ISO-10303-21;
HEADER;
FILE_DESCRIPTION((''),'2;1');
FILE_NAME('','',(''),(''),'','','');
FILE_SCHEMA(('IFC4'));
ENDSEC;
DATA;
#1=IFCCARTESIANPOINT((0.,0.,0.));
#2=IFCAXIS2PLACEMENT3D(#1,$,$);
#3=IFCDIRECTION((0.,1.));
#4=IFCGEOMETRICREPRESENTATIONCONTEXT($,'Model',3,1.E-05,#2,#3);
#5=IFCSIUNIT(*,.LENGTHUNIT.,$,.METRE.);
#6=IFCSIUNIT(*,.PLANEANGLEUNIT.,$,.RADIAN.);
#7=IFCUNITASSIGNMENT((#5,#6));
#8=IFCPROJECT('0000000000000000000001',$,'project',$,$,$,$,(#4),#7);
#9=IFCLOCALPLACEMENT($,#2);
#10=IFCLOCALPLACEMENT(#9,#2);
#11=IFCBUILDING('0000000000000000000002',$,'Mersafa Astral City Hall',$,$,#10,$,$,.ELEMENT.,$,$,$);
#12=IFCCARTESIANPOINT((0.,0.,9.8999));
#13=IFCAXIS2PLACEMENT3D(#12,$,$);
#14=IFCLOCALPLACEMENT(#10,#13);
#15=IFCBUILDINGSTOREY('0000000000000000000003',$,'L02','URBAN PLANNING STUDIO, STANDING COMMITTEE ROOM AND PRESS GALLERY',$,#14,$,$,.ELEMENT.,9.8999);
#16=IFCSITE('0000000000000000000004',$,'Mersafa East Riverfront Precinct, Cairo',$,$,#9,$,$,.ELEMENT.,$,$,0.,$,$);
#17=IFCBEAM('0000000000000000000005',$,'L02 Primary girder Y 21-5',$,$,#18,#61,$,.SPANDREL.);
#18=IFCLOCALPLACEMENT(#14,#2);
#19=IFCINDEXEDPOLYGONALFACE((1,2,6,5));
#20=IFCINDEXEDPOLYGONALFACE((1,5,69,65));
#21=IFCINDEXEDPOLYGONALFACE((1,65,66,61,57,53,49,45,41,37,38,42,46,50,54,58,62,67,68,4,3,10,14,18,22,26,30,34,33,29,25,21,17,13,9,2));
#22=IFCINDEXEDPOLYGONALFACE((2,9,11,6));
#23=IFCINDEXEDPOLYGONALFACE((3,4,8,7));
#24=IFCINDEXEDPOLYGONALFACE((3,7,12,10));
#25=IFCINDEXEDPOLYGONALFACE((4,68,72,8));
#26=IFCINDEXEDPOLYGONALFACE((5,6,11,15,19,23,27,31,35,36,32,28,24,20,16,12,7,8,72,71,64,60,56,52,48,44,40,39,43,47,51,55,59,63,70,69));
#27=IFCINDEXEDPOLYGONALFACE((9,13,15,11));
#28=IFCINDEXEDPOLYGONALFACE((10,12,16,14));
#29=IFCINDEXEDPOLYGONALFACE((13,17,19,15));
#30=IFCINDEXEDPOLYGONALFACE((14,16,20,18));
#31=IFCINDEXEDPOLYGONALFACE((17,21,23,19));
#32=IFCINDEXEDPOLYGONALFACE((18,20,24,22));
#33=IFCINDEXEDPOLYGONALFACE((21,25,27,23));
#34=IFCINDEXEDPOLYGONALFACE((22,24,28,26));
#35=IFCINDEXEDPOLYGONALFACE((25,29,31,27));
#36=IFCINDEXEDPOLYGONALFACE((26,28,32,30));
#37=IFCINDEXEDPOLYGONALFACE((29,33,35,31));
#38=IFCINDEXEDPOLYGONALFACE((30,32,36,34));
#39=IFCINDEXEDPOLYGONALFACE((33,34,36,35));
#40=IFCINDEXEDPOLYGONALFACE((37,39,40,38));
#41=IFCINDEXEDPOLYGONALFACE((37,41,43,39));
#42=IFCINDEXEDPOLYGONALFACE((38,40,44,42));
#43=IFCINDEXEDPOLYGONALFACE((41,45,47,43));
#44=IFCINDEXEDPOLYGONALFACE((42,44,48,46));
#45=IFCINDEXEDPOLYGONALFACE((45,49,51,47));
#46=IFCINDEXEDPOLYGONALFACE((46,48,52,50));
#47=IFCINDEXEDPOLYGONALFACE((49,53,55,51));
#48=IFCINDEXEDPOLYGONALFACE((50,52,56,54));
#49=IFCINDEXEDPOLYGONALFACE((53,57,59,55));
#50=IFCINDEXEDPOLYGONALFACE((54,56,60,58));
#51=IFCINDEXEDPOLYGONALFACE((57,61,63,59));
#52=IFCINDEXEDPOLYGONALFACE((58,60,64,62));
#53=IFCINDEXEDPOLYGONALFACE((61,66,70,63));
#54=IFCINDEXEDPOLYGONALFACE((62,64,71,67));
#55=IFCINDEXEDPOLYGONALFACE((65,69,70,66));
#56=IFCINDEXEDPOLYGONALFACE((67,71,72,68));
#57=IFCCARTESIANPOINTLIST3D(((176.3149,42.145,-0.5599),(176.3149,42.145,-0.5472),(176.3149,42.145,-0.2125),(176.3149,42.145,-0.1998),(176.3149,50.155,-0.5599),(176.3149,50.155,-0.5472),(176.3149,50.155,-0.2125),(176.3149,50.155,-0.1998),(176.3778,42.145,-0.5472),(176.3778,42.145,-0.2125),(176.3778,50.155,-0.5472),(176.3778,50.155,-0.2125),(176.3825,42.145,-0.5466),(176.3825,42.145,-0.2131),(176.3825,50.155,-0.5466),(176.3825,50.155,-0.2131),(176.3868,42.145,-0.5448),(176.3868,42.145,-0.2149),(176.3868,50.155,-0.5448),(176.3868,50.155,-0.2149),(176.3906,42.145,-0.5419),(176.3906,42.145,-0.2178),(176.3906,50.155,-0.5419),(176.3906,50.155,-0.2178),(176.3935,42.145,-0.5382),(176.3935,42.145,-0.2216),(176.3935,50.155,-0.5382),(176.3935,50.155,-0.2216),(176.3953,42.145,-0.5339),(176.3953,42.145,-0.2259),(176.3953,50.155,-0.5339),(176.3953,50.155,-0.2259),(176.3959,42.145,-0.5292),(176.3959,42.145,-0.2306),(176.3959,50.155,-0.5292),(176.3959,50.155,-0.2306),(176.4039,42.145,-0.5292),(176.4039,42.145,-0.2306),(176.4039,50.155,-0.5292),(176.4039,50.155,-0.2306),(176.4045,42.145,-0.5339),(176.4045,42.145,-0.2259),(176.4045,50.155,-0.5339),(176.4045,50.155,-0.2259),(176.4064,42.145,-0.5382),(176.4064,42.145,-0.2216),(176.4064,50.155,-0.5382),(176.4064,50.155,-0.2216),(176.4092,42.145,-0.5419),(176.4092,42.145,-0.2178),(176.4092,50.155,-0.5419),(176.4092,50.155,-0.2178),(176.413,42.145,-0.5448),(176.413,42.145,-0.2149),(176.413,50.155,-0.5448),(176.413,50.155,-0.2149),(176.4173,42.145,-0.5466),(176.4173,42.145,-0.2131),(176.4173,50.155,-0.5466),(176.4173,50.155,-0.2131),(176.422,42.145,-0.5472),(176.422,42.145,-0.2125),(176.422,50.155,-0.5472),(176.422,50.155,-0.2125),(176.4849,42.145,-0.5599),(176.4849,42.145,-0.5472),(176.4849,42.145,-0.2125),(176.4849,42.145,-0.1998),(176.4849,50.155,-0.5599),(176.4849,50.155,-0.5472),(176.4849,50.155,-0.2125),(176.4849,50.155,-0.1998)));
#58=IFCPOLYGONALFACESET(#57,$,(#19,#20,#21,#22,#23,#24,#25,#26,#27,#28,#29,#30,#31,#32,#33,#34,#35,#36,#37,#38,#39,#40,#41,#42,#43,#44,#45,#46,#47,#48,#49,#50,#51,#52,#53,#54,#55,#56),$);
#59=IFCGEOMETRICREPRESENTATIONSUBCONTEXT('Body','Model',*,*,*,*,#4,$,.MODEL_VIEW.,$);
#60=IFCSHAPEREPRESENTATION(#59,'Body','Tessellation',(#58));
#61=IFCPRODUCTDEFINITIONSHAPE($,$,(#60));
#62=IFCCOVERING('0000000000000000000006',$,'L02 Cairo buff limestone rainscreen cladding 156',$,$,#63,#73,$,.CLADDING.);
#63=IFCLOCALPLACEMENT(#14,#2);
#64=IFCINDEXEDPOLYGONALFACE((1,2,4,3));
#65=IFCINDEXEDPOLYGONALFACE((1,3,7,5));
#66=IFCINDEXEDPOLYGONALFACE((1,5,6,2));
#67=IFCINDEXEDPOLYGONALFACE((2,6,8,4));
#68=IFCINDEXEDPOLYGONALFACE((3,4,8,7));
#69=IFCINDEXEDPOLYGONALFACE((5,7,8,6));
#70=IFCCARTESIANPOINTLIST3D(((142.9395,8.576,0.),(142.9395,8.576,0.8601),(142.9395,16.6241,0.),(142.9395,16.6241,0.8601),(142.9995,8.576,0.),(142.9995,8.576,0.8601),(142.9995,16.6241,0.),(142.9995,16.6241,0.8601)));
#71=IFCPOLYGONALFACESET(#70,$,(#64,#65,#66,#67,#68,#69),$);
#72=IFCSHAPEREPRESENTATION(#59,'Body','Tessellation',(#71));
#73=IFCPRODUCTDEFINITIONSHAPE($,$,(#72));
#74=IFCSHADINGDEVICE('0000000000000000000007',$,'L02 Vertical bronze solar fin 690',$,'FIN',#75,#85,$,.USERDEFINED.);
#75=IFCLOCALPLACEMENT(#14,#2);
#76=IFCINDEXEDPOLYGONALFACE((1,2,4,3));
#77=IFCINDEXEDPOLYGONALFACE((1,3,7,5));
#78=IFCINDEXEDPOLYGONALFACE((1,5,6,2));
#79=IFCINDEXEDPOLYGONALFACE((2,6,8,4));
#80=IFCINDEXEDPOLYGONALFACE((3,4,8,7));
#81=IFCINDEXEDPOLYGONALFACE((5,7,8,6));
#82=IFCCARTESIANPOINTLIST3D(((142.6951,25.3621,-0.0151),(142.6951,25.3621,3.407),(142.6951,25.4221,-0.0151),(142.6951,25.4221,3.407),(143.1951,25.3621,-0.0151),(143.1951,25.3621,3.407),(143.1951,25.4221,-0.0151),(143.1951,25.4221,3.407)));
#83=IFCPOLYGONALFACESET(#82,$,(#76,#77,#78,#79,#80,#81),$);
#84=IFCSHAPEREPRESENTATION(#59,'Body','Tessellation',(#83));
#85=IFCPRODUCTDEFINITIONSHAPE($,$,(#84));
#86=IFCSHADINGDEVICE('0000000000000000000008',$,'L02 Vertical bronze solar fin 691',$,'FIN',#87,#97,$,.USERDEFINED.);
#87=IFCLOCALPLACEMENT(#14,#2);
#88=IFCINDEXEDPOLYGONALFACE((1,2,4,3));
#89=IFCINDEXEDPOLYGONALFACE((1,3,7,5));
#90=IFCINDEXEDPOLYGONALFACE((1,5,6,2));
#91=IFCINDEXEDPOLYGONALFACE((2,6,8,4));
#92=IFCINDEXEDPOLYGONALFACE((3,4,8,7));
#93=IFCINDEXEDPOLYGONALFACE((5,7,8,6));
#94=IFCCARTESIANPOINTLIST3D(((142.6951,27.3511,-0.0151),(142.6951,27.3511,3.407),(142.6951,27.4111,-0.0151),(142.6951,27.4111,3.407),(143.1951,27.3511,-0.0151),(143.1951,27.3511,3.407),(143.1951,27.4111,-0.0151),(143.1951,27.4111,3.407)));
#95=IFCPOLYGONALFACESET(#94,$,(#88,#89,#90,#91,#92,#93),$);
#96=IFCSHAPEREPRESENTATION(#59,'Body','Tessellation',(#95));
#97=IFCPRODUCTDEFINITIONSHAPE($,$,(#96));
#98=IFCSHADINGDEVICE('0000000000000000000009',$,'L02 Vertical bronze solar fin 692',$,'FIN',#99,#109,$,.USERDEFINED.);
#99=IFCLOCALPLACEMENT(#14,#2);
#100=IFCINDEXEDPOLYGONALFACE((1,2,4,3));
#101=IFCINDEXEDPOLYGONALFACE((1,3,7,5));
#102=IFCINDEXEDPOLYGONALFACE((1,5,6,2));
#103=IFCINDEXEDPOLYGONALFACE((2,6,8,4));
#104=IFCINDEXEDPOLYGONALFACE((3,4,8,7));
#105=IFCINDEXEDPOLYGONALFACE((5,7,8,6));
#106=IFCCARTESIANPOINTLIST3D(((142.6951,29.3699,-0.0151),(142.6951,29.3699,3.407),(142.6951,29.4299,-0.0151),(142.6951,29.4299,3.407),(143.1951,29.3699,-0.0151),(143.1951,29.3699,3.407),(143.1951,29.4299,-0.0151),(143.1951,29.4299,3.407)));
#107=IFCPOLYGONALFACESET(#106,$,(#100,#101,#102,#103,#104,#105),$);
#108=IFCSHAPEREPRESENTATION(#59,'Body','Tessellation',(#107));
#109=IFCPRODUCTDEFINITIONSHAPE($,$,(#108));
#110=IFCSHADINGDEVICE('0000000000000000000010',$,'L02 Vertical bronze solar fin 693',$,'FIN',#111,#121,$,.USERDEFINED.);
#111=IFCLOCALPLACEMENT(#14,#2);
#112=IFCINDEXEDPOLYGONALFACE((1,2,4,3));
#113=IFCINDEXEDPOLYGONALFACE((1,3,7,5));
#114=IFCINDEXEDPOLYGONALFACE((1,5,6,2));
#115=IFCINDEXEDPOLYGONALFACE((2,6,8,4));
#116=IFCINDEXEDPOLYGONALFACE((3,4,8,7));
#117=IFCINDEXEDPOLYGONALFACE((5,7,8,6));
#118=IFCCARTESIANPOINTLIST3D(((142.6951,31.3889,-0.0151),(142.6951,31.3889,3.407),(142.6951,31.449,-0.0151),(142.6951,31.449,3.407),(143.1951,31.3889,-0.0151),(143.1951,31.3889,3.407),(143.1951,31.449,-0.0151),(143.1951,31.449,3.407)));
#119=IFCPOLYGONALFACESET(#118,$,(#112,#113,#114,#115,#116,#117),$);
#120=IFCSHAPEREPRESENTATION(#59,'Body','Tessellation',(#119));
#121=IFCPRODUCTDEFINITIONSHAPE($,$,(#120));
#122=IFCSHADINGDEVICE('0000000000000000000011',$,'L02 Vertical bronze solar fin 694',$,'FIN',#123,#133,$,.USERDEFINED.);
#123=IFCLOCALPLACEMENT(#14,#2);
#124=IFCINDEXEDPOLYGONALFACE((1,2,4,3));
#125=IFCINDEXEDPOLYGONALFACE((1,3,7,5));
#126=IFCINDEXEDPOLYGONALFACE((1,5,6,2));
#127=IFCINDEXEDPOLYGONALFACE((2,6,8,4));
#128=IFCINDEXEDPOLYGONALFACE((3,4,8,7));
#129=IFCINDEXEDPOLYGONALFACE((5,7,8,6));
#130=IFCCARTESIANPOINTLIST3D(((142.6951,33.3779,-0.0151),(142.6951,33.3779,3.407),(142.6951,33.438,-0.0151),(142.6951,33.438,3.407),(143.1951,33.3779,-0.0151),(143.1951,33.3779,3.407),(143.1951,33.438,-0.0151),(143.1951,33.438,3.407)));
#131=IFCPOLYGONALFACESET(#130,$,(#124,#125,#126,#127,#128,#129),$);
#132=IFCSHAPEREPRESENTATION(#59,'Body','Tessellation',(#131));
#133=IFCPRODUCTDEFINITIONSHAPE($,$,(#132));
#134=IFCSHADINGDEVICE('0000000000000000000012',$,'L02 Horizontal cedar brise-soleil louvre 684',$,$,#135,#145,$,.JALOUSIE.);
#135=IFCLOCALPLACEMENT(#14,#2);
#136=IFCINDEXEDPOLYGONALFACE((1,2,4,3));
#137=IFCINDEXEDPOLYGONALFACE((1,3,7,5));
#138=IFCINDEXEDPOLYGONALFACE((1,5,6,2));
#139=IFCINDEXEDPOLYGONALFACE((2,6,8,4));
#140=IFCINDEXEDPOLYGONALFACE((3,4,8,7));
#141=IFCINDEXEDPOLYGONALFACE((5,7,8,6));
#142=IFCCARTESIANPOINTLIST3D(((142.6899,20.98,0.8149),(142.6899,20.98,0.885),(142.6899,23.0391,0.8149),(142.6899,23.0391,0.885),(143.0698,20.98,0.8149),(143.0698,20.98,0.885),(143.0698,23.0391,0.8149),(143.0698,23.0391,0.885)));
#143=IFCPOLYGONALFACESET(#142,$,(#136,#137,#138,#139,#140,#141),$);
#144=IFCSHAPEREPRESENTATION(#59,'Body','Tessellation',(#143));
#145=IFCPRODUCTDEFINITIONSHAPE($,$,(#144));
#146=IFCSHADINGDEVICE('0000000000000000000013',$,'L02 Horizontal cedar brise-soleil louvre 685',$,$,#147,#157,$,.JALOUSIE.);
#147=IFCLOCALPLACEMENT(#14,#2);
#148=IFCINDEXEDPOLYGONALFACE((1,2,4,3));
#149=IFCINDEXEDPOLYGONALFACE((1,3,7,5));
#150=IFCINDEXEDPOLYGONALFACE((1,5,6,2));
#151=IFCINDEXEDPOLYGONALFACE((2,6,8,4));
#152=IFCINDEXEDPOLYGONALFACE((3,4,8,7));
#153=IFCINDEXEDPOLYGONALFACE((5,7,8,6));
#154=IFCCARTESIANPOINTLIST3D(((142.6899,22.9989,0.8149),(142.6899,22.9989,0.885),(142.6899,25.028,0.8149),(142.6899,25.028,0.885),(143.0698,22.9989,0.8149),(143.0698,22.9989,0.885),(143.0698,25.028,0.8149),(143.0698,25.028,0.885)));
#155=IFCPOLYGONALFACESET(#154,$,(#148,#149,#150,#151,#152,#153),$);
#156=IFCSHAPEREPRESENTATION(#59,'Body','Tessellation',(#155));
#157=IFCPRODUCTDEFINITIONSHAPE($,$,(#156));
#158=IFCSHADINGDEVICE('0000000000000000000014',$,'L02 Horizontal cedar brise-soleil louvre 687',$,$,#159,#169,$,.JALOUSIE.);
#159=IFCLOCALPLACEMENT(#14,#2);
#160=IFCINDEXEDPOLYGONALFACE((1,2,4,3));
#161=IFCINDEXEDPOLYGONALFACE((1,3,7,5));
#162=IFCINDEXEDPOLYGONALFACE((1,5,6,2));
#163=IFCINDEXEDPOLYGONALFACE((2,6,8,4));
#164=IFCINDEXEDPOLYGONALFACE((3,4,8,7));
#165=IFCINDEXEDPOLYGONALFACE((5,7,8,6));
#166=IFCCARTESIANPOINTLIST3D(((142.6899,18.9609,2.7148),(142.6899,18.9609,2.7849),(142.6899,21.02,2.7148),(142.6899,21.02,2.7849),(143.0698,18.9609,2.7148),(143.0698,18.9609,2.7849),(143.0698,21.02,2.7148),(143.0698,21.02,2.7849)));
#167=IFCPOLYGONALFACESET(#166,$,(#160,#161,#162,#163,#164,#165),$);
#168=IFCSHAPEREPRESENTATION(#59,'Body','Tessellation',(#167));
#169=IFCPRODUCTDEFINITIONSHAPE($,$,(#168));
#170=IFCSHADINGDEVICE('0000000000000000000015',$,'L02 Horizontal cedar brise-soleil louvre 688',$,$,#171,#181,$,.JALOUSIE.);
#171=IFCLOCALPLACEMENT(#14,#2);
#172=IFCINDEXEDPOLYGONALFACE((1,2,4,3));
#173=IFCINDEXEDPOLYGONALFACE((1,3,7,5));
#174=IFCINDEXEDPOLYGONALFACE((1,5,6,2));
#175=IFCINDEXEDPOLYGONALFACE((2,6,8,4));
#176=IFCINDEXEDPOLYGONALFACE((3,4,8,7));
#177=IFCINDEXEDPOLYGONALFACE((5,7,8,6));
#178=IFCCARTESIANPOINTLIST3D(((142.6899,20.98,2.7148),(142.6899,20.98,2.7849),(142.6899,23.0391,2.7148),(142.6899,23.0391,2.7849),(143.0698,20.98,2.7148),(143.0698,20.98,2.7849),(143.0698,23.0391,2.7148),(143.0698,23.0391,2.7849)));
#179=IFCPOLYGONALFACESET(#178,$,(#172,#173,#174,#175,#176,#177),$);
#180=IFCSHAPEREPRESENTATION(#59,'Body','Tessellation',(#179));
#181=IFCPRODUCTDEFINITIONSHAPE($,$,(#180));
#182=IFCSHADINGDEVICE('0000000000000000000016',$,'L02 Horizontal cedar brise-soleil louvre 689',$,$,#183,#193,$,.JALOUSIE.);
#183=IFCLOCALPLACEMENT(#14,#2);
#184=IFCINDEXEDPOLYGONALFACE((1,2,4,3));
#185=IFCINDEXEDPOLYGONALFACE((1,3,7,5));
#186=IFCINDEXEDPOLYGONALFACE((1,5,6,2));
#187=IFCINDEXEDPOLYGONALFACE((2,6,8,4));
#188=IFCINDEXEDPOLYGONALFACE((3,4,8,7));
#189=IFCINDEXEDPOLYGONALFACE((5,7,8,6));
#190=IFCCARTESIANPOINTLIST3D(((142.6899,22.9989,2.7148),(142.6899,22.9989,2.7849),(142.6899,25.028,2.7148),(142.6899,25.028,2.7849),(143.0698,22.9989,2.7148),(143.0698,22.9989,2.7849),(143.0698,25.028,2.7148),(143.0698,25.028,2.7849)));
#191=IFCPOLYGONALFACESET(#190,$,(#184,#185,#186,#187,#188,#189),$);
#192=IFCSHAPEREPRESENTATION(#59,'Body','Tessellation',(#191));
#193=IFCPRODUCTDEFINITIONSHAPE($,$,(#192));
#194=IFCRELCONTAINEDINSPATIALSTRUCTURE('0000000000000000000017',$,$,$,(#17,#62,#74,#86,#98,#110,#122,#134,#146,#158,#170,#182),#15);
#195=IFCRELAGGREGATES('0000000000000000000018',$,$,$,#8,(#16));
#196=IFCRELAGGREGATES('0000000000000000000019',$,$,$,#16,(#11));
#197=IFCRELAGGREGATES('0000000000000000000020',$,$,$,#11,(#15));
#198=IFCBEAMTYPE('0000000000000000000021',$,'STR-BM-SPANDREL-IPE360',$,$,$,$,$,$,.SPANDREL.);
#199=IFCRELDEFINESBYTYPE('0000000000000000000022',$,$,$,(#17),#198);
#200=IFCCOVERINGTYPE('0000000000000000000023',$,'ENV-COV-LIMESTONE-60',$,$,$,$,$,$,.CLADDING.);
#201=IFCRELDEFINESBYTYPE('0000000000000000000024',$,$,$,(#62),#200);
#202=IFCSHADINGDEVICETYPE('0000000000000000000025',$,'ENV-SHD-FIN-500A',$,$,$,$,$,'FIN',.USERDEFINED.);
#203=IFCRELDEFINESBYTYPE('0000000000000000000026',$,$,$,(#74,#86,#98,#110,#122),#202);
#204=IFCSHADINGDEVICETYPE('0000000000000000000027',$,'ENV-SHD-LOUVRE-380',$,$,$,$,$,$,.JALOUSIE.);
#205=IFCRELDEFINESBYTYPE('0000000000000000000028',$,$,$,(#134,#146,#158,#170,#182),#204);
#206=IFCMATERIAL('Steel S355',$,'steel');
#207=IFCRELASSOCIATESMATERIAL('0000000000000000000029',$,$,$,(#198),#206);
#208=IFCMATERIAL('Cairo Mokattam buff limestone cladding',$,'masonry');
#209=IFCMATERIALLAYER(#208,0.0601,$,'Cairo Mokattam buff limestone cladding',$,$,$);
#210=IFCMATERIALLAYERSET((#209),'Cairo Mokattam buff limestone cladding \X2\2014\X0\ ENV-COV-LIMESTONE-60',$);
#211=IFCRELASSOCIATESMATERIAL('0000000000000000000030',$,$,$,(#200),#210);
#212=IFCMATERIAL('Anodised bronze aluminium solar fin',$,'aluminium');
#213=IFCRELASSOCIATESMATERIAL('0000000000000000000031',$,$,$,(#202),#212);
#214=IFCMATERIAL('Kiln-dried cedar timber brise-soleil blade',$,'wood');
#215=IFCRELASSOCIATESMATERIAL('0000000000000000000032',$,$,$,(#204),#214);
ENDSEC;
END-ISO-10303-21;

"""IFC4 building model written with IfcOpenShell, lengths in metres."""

from ifc_helpers import new_model, si_unit, direction, frame, origin, origin_2d, place, context, subcontext, project, spatial, rectangle, i_section, extrude, material, layer, layer_set, material_profile, profile_set, type_object, element, save


model = new_model("IFC4")

# Units and contexts
model_context = context("Model", 3, precision=1e-05, world=origin(), true_north=direction((0.0, 1.0)))
body_context = subcontext(model_context, "Body", "Model", "MODEL_VIEW")
ifc_project = project(units=[si_unit("LENGTHUNIT", "METRE"), si_unit("PLANEANGLEUNIT", "RADIAN")], contexts=[model_context])

# Site, building, storey
site_placement = place(None, origin())
site = spatial("IfcSite", under=ifc_project, at=site_placement, Name="Mersafa East Riverfront Precinct, Cairo", CompositionType="ELEMENT", RefElevation=0.0)
building_placement = place(site_placement, origin())
building = spatial("IfcBuilding", under=site, at=building_placement, Name="Mersafa Astral City Hall", CompositionType="ELEMENT")
storey_placement = place(building_placement, frame((0.0, 0.0, 9.8999)))
storey = spatial("IfcBuildingStorey", under=building, at=storey_placement, Name="L02", Description="URBAN PLANNING STUDIO, STANDING COMMITTEE ROOM AND PRESS GALLERY", CompositionType="ELEMENT", Elevation=9.8999)

# Beam
ifc_material_1 = material(Name="Steel S355", Category="steel")
ifc_material_profile_1 = material_profile(ifc_material_1, i_section(OverallWidth=0.1699, OverallDepth=0.3601, WebThickness=0.0081, FlangeThickness=0.0127, FilletRadius=0.0181, at=origin_2d()), Name="IPE 360")
ifc_profile_set_1 = profile_set([ifc_material_profile_1], Name="Steel S355")
beam_type_1 = type_object("IfcBeamType", Name="STR-BM-SPANDREL-IPE360", PredefinedType="SPANDREL", material=ifc_profile_set_1)
for number, where, z_axis, x_axis, name in (
    (1, (176.3999, 42.145, -0.3799), (0.0, 1.0, 0.0), (-1.0, 0.0, 0.0), "L02 Primary girder Y 21-5"),
):
    element("IfcBeam", number, at=place(storey_placement, frame(where, z_axis=z_axis, x_axis=x_axis)), inside=storey, type_object=beam_type_1, Name=name, PredefinedType="SPANDREL", context=body_context, shape_type="SweptSolid", body=[
        extrude(i_section(OverallWidth=0.1699, OverallDepth=0.3601, WebThickness=0.0081, FlangeThickness=0.0127, FilletRadius=0.0181, at=origin_2d()), origin(), (0.0, 0.0, 1.0), 8.01),
    ])

# Covering
ifc_material_2 = material(Name="Cairo Mokattam buff limestone cladding", Category="masonry")
ifc_layer = layer(ifc_material_2, 0.0601, Name="Cairo Mokattam buff limestone cladding")
ifc_layer_set = layer_set([ifc_layer], Name="Cairo Mokattam buff limestone cladding — ENV-COV-LIMESTONE-60")
covering_type = type_object("IfcCoveringType", Name="ENV-COV-LIMESTONE-60", PredefinedType="CLADDING", material=ifc_layer_set)
covering_placement = place(storey_placement, frame((142.9695, 12.6001, 0.0), z_axis=(0.0, 0.0, 1.0), x_axis=(0.0, 1.0, 0.0)))
element("IfcCovering", 2, at=covering_placement, inside=storey, type_object=covering_type, Name="L02 Cairo buff limestone rainscreen cladding 156", PredefinedType="CLADDING", context=body_context, shape_type="SweptSolid", body=[
    extrude(rectangle(XDim=8.0481, YDim=0.0601, at=origin_2d()), origin(), (0.0, 0.0, 1.0), 0.8601),
])

# Shading devices
ifc_material_3 = material(Name="Anodised bronze aluminium solar fin", Category="aluminium")
shading_device_type_1 = type_object("IfcShadingDeviceType", Name="ENV-SHD-FIN-500A", ElementType="FIN", PredefinedType="USERDEFINED", material=ifc_material_3)
for number, where, z_axis, x_axis, name in (
    (3, (142.9451, 25.3921, -0.0151), (0.0, 0.0, 1.0), (0.0, 1.0, 0.0), "L02 Vertical bronze solar fin 690"),
    (4, (142.9451, 27.3811, -0.0151), (0.0, 0.0, 1.0), (0.0, 1.0, 0.0), "L02 Vertical bronze solar fin 691"),
    (5, (142.9451, 29.3999, -0.0151), (0.0, 0.0, 1.0), (0.0, 1.0, 0.0), "L02 Vertical bronze solar fin 692"),
    (6, (142.9451, 31.4189, -0.0151), (0.0, 0.0, 1.0), (0.0, 1.0, 0.0), "L02 Vertical bronze solar fin 693"),
    (7, (142.9451, 33.408, -0.0151), (0.0, 0.0, 1.0), (0.0, 1.0, 0.0), "L02 Vertical bronze solar fin 694"),
):
    element("IfcShadingDevice", number, at=place(storey_placement, frame(where, z_axis=z_axis, x_axis=x_axis)), inside=storey, type_object=shading_device_type_1, Name=name, ObjectType="FIN", PredefinedType="USERDEFINED", context=body_context, shape_type="SweptSolid", body=[
        extrude(rectangle(XDim=0.0601, YDim=0.5, at=origin_2d()), origin(), (0.0, 0.0, 1.0), 3.4221),
    ])
ifc_material_4 = material(Name="Kiln-dried cedar timber brise-soleil blade", Category="wood")
shading_device_type_2 = type_object("IfcShadingDeviceType", Name="ENV-SHD-LOUVRE-380", PredefinedType="JALOUSIE", material=ifc_material_4)
shading_device_1_placement = place(storey_placement, frame((142.8799, 22.0095, 0.8149), z_axis=(0.0, 0.0, 1.0), x_axis=(0.0, 1.0, 0.0)))
element("IfcShadingDevice", 8, at=shading_device_1_placement, inside=storey, type_object=shading_device_type_2, Name="L02 Horizontal cedar brise-soleil louvre 684", PredefinedType="JALOUSIE", context=body_context, shape_type="SweptSolid", body=[
    extrude(rectangle(XDim=2.0591, YDim=0.3799, at=origin_2d()), origin(), (0.0, 0.0, 1.0), 0.0701),
])
shading_device_2_placement = place(storey_placement, frame((142.8799, 24.0134, 0.8149), z_axis=(0.0, 0.0, 1.0), x_axis=(0.0, 1.0, 0.0)))
element("IfcShadingDevice", 9, at=shading_device_2_placement, inside=storey, type_object=shading_device_type_2, Name="L02 Horizontal cedar brise-soleil louvre 685", PredefinedType="JALOUSIE", context=body_context, shape_type="SweptSolid", body=[
    extrude(rectangle(XDim=2.0291, YDim=0.3799, at=origin_2d()), origin(), (0.0, 0.0, 1.0), 0.0701),
])
for number, where, z_axis, x_axis, name in (
    (10, (142.8799, 19.9905, 2.7148), (0.0, 0.0, 1.0), (0.0, 1.0, 0.0), "L02 Horizontal cedar brise-soleil louvre 687"),
    (11, (142.8799, 22.0095, 2.7148), (0.0, 0.0, 1.0), (0.0, 1.0, 0.0), "L02 Horizontal cedar brise-soleil louvre 688"),
):
    element("IfcShadingDevice", number, at=place(storey_placement, frame(where, z_axis=z_axis, x_axis=x_axis)), inside=storey, type_object=shading_device_type_2, Name=name, PredefinedType="JALOUSIE", context=body_context, shape_type="SweptSolid", body=[
        extrude(rectangle(XDim=2.0591, YDim=0.3799, at=origin_2d()), origin(), (0.0, 0.0, 1.0), 0.0701),
    ])
shading_device_3_placement = place(storey_placement, frame((142.8799, 24.0134, 2.7148), z_axis=(0.0, 0.0, 1.0), x_axis=(0.0, 1.0, 0.0)))
element("IfcShadingDevice", 12, at=shading_device_3_placement, inside=storey, type_object=shading_device_type_2, Name="L02 Horizontal cedar brise-soleil louvre 689", PredefinedType="JALOUSIE", context=body_context, shape_type="SweptSolid", body=[
    extrude(rectangle(XDim=2.0291, YDim=0.3799, at=origin_2d()), origin(), (0.0, 0.0, 1.0), 0.0701),
])

save(model, "model.ifc")
